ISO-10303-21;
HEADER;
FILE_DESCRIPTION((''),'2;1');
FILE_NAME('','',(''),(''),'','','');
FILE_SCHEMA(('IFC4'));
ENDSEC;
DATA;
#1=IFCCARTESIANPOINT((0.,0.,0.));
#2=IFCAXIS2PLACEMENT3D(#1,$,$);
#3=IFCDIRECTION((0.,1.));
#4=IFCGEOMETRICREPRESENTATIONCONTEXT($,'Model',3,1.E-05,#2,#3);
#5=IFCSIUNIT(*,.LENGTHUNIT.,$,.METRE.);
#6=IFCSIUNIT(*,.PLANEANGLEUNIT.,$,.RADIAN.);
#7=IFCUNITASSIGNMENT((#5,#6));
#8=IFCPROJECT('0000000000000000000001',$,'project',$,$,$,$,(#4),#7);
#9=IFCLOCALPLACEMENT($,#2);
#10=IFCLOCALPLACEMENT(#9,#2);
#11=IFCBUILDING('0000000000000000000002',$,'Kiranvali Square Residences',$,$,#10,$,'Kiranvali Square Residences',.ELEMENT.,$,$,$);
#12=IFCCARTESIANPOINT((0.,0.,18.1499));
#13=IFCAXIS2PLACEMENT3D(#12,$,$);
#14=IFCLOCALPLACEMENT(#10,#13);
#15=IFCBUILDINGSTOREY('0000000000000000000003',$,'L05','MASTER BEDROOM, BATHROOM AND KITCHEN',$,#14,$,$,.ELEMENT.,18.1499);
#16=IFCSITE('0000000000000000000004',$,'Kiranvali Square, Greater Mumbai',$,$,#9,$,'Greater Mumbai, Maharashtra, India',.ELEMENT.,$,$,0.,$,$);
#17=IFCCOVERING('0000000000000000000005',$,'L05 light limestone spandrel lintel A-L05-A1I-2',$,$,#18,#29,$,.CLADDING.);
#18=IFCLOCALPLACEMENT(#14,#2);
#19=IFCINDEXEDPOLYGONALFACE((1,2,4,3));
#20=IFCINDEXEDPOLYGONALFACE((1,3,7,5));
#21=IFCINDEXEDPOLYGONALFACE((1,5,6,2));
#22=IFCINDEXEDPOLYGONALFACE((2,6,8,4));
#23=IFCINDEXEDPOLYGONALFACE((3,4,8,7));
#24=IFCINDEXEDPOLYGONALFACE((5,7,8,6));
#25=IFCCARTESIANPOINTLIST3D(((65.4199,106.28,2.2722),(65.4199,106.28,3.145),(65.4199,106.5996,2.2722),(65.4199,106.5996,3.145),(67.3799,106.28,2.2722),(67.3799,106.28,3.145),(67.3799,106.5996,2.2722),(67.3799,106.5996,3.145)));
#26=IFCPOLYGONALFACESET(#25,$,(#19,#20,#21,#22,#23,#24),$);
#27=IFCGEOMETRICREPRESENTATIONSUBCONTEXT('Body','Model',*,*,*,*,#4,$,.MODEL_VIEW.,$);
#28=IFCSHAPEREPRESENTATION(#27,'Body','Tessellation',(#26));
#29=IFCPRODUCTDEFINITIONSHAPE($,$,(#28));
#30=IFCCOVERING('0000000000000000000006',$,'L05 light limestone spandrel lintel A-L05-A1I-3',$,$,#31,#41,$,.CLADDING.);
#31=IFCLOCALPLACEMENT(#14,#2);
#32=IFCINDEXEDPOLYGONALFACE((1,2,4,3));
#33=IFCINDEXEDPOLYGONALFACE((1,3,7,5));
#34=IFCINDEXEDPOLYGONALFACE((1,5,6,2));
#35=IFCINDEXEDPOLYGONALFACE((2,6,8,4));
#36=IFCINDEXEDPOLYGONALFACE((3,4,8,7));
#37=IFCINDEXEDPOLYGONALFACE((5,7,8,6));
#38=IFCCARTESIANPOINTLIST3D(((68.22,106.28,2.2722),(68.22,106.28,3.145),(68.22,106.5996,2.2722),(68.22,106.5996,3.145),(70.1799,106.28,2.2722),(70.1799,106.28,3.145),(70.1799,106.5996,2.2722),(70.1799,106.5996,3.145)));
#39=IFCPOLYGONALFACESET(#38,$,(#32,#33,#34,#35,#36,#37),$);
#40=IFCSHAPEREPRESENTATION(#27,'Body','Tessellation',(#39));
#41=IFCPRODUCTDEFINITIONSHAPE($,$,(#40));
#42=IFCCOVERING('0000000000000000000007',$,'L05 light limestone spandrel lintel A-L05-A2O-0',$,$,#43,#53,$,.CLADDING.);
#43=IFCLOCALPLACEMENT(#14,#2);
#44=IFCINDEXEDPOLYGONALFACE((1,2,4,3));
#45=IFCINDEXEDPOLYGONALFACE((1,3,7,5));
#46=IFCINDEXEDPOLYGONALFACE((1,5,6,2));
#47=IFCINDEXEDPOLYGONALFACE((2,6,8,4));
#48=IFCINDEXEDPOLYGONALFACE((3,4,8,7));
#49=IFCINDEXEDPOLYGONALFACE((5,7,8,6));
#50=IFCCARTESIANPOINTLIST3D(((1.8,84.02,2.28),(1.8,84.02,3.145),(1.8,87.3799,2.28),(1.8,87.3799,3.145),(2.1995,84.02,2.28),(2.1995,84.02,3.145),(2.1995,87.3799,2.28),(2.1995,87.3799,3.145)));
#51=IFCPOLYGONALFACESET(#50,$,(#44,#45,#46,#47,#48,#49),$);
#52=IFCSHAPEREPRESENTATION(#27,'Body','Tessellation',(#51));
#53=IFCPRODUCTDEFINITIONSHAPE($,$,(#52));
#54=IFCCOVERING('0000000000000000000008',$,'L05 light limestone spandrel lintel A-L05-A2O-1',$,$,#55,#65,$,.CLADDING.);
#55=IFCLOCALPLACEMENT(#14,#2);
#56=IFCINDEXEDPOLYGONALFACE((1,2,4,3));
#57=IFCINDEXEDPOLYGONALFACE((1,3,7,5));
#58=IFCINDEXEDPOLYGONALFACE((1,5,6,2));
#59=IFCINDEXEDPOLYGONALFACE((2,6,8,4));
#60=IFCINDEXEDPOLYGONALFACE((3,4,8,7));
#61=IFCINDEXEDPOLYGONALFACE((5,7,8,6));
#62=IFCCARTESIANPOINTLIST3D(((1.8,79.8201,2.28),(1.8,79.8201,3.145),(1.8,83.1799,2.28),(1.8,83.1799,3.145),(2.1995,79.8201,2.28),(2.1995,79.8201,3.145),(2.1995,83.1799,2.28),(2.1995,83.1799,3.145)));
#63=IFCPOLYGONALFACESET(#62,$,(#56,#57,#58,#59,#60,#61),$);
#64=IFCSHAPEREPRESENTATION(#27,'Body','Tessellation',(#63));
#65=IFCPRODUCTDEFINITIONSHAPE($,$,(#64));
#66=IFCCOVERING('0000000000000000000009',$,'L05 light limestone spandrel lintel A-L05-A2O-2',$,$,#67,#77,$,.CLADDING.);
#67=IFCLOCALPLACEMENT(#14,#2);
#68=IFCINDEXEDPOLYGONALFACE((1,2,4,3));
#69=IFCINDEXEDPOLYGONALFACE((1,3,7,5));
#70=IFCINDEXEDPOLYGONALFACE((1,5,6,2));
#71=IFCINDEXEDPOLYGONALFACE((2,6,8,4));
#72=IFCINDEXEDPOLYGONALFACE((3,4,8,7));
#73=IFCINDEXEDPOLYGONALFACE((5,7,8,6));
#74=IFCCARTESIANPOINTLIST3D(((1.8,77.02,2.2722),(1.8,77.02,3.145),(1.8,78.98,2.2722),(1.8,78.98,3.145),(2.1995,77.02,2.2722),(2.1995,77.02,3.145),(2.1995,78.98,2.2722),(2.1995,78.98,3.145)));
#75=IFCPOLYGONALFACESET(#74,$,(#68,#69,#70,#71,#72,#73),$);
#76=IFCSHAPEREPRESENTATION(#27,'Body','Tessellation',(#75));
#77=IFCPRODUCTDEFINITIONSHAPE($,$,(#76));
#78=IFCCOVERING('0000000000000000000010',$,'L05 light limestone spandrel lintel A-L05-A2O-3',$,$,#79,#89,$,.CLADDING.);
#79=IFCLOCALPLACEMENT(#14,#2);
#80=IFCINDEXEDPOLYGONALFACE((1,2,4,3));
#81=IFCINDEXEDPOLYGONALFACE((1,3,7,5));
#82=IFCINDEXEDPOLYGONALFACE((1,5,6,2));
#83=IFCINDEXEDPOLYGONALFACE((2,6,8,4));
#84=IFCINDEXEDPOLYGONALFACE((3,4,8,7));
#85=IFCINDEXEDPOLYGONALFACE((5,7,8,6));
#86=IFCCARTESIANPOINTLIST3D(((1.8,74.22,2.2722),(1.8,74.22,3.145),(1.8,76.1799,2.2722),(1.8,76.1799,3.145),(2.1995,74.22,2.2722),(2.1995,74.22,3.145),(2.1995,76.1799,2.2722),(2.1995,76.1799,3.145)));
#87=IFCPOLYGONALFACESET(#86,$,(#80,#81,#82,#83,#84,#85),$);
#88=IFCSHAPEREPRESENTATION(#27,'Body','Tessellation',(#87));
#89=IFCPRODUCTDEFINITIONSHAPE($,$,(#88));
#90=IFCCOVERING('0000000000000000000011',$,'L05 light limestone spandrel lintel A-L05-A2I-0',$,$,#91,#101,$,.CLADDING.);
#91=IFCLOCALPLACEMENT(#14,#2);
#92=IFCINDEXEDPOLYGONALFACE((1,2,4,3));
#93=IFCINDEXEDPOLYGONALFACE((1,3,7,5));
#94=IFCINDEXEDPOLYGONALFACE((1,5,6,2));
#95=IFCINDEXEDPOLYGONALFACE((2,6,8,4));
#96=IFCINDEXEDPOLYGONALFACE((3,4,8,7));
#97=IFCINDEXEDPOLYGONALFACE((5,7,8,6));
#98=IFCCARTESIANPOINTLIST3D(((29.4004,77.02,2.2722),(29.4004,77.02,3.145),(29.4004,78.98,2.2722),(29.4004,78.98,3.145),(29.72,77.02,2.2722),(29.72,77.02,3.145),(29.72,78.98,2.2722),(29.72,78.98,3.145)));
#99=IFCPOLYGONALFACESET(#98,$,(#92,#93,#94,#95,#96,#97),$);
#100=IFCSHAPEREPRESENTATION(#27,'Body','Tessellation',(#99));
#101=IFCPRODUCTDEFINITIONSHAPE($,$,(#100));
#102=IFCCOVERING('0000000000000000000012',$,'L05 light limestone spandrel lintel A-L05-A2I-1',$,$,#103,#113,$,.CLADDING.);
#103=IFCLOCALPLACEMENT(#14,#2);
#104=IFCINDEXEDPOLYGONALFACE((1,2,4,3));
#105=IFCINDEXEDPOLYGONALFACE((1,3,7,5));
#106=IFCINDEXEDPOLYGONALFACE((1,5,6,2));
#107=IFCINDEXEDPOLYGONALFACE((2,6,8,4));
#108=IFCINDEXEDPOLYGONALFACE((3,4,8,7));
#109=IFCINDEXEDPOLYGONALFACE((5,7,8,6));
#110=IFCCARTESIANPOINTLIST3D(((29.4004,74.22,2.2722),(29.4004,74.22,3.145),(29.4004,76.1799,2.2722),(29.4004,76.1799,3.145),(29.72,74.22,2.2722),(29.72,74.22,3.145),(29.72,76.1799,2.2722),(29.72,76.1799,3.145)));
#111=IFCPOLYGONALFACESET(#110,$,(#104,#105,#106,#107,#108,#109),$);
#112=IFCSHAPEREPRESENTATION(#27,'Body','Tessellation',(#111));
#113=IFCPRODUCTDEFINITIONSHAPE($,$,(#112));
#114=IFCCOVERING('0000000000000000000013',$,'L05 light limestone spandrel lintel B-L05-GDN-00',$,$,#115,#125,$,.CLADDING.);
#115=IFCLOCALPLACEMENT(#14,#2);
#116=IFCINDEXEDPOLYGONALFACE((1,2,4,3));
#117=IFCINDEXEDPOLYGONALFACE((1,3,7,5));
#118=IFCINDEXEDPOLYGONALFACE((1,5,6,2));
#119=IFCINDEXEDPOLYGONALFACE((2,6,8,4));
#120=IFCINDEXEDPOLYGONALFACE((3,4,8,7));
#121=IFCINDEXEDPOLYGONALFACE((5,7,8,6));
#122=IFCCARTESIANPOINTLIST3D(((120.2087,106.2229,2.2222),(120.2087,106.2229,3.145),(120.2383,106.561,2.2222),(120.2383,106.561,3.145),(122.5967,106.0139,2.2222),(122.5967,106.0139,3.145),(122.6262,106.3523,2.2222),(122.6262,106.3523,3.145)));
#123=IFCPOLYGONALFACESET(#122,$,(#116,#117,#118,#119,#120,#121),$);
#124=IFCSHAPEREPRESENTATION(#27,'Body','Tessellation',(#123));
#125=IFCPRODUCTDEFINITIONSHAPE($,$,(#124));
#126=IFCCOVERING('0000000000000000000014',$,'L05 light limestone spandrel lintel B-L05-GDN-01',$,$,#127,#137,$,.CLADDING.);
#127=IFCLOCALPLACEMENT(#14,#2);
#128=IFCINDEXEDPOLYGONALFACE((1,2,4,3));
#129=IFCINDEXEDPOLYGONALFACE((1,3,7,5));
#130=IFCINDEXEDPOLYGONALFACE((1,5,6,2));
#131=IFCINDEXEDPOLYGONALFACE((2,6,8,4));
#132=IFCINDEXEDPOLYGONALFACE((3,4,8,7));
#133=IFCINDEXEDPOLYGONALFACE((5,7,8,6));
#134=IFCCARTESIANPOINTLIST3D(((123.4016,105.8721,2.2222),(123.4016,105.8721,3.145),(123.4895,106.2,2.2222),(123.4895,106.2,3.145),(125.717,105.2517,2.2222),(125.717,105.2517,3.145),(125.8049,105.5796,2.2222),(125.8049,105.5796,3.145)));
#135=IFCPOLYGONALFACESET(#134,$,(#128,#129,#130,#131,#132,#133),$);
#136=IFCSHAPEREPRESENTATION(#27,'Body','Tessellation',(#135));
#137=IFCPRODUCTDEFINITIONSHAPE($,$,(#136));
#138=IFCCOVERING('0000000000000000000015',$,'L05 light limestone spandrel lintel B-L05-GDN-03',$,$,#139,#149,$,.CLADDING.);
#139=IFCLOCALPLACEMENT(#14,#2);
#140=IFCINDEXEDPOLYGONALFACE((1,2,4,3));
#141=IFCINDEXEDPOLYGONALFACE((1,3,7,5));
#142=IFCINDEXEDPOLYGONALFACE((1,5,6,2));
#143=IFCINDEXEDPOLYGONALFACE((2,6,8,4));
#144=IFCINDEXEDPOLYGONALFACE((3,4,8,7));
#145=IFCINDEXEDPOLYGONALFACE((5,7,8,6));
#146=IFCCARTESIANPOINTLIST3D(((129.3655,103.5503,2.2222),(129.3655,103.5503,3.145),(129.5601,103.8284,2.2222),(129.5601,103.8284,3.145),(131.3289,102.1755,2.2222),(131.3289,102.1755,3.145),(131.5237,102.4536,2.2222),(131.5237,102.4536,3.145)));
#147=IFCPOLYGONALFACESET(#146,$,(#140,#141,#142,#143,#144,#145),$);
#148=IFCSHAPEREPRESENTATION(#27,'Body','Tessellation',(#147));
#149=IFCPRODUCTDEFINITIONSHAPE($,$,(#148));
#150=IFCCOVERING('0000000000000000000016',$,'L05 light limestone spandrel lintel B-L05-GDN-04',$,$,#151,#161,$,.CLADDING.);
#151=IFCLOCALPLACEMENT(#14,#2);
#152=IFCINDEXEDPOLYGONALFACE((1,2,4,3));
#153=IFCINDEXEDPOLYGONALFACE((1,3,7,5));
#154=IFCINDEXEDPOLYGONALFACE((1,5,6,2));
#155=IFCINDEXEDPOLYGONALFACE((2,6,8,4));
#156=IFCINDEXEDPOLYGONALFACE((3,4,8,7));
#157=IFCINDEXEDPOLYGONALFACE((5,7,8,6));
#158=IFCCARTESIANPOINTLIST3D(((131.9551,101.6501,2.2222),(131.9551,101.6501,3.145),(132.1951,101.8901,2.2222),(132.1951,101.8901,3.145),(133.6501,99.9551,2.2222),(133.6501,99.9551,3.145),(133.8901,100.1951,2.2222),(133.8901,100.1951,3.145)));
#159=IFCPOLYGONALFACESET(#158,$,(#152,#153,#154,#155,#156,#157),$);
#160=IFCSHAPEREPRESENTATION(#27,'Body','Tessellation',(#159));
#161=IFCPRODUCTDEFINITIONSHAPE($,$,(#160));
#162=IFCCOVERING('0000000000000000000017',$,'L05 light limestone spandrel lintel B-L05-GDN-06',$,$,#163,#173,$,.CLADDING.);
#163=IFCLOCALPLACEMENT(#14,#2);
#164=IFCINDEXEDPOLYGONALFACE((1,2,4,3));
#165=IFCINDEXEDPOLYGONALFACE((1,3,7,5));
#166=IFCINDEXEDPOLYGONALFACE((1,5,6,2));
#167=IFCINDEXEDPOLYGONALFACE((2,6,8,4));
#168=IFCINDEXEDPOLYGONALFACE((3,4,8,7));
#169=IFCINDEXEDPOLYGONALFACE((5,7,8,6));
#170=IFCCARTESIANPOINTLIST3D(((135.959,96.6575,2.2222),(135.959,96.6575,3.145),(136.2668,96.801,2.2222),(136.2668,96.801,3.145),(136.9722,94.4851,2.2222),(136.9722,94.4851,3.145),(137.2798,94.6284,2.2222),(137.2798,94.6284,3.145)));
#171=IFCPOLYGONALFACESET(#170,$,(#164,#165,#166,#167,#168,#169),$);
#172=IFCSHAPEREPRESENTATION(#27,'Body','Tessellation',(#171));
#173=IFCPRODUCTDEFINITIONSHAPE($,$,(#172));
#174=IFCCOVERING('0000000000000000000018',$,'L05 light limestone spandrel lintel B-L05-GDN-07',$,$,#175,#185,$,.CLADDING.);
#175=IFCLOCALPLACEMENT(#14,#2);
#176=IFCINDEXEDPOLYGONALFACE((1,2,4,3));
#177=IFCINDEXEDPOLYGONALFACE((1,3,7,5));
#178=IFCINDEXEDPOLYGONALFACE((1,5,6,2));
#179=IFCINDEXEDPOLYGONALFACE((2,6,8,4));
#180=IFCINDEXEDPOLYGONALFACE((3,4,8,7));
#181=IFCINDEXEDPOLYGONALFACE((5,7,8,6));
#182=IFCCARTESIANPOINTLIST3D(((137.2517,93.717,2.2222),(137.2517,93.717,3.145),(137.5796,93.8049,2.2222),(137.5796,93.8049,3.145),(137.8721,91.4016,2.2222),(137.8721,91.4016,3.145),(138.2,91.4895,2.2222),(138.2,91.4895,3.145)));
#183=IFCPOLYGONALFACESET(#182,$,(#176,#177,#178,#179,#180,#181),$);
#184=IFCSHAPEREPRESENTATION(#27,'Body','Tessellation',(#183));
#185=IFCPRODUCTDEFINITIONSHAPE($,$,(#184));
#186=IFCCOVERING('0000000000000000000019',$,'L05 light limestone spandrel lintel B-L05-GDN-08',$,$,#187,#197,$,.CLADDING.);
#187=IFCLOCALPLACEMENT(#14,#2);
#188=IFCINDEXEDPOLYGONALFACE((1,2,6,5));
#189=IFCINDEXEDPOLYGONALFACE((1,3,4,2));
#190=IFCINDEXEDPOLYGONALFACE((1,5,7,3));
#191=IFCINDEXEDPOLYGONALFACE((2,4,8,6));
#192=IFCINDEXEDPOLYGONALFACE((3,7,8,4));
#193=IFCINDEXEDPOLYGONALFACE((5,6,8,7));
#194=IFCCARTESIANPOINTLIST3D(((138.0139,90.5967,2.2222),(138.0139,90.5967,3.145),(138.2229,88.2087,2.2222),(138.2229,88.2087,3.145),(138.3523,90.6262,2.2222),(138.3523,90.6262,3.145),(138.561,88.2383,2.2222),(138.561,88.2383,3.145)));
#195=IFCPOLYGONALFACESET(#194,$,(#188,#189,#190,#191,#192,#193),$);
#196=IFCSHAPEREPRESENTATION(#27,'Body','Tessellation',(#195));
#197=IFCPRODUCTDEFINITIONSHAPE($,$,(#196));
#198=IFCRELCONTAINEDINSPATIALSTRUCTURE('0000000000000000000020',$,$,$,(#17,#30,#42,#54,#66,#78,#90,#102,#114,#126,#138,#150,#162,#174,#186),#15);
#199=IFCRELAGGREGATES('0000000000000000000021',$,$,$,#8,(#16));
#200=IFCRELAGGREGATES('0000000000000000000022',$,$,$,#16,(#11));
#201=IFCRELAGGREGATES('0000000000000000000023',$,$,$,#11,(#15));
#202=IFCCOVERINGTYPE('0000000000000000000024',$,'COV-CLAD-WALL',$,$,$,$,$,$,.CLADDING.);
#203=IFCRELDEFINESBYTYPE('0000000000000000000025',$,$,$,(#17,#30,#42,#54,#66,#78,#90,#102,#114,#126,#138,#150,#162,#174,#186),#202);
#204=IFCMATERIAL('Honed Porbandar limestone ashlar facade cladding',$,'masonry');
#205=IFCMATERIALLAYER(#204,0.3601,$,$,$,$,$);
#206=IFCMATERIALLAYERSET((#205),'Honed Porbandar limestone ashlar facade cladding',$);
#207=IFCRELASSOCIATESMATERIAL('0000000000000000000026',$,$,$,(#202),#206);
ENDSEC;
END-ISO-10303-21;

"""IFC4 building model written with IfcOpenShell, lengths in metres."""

from ifc_helpers import new_model, si_unit, direction, frame, origin, place, context, subcontext, project, spatial, polyline, outline, extrude, material, layer, layer_set, type_object, element, save


model = new_model("IFC4")

# Units and contexts
model_context = context("Model", 3, precision=1e-05, world=origin(), true_north=direction((0.0, 1.0)))
body_context = subcontext(model_context, "Body", "Model", "MODEL_VIEW")
ifc_project = project(units=[si_unit("LENGTHUNIT", "METRE"), si_unit("PLANEANGLEUNIT", "RADIAN")], contexts=[model_context])

# Site, building, storey
site_placement = place(None, origin())
site = spatial("IfcSite", under=ifc_project, at=site_placement, Name="Kiranvali Square, Greater Mumbai", LongName="Greater Mumbai, Maharashtra, India", CompositionType="ELEMENT", RefElevation=0.0)
building_placement = place(site_placement, origin())
building = spatial("IfcBuilding", under=site, at=building_placement, Name="Kiranvali Square Residences", LongName="Kiranvali Square Residences", CompositionType="ELEMENT")
storey_placement = place(building_placement, frame((0.0, 0.0, 18.1499)))
storey = spatial("IfcBuildingStorey", under=building, at=storey_placement, Name="L05", Description="MASTER BEDROOM, BATHROOM AND KITCHEN", CompositionType="ELEMENT", Elevation=18.1499)

# Coverings
ifc_material = material(Name="Honed Porbandar limestone ashlar facade cladding", Category="masonry")
ifc_layer = layer(ifc_material, 0.3601)
ifc_layer_set = layer_set([ifc_layer], Name="Honed Porbandar limestone ashlar facade cladding")
covering_type = type_object("IfcCoveringType", Name="COV-CLAD-WALL", PredefinedType="CLADDING", material=ifc_layer_set)
covering_1_placement = place(storey_placement, frame((0.0, 0.0, 2.2722)))
element("IfcCovering", 1, at=covering_1_placement, inside=storey, type_object=covering_type, Name="L05 light limestone spandrel lintel A-L05-A1I-2", PredefinedType="CLADDING", context=body_context, shape_type="SweptSolid", body=[
    extrude(outline(polyline([(65.4199, 106.28), (67.3799, 106.28), (67.3799, 106.5996), (65.4199, 106.5996), (65.4199, 106.28)])), origin(), (0.0, 0.0, 1.0), 0.8728),
])
covering_2_placement = place(storey_placement, frame((0.0, 0.0, 2.2722)))
element("IfcCovering", 2, at=covering_2_placement, inside=storey, type_object=covering_type, Name="L05 light limestone spandrel lintel A-L05-A1I-3", PredefinedType="CLADDING", context=body_context, shape_type="SweptSolid", body=[
    extrude(outline(polyline([(68.22, 106.28), (70.1799, 106.28), (70.1799, 106.5996), (68.22, 106.5996), (68.22, 106.28)])), origin(), (0.0, 0.0, 1.0), 0.8728),
])
covering_3_placement = place(storey_placement, frame((0.0, 0.0, 2.28)))
element("IfcCovering", 3, at=covering_3_placement, inside=storey, type_object=covering_type, Name="L05 light limestone spandrel lintel A-L05-A2O-0", PredefinedType="CLADDING", context=body_context, shape_type="SweptSolid", body=[
    extrude(outline(polyline([(1.8, 87.3799), (1.8, 84.02), (2.1995, 84.02), (2.1995, 87.3799), (1.8, 87.3799)])), origin(), (0.0, 0.0, 1.0), 0.865),
])
covering_4_placement = place(storey_placement, frame((0.0, 0.0, 2.28)))
element("IfcCovering", 4, at=covering_4_placement, inside=storey, type_object=covering_type, Name="L05 light limestone spandrel lintel A-L05-A2O-1", PredefinedType="CLADDING", context=body_context, shape_type="SweptSolid", body=[
    extrude(outline(polyline([(1.8, 83.1799), (1.8, 79.8201), (2.1995, 79.8201), (2.1995, 83.1799), (1.8, 83.1799)])), origin(), (0.0, 0.0, 1.0), 0.865),
])
covering_5_placement = place(storey_placement, frame((0.0, 0.0, 2.2722)))
element("IfcCovering", 5, at=covering_5_placement, inside=storey, type_object=covering_type, Name="L05 light limestone spandrel lintel A-L05-A2O-2", PredefinedType="CLADDING", context=body_context, shape_type="SweptSolid", body=[
    extrude(outline(polyline([(1.8, 78.98), (1.8, 77.02), (2.1995, 77.02), (2.1995, 78.98), (1.8, 78.98)])), origin(), (0.0, 0.0, 1.0), 0.8728),
])
covering_6_placement = place(storey_placement, frame((0.0, 0.0, 2.2722)))
element("IfcCovering", 6, at=covering_6_placement, inside=storey, type_object=covering_type, Name="L05 light limestone spandrel lintel A-L05-A2O-3", PredefinedType="CLADDING", context=body_context, shape_type="SweptSolid", body=[
    extrude(outline(polyline([(1.8, 76.1799), (1.8, 74.22), (2.1995, 74.22), (2.1995, 76.1799), (1.8, 76.1799)])), origin(), (0.0, 0.0, 1.0), 0.8728),
])
covering_7_placement = place(storey_placement, frame((0.0, 0.0, 2.2722)))
element("IfcCovering", 7, at=covering_7_placement, inside=storey, type_object=covering_type, Name="L05 light limestone spandrel lintel A-L05-A2I-0", PredefinedType="CLADDING", context=body_context, shape_type="SweptSolid", body=[
    extrude(outline(polyline([(29.4004, 78.98), (29.4004, 77.02), (29.72, 77.02), (29.72, 78.98), (29.4004, 78.98)])), origin(), (0.0, 0.0, 1.0), 0.8728),
])
covering_8_placement = place(storey_placement, frame((0.0, 0.0, 2.2722)))
element("IfcCovering", 8, at=covering_8_placement, inside=storey, type_object=covering_type, Name="L05 light limestone spandrel lintel A-L05-A2I-1", PredefinedType="CLADDING", context=body_context, shape_type="SweptSolid", body=[
    extrude(outline(polyline([(29.4004, 76.1799), (29.4004, 74.22), (29.72, 74.22), (29.72, 76.1799), (29.4004, 76.1799)])), origin(), (0.0, 0.0, 1.0), 0.8728),
])
covering_9_placement = place(storey_placement, frame((0.0, 0.0, 2.2222)))
element("IfcCovering", 9, at=covering_9_placement, inside=storey, type_object=covering_type, Name="L05 light limestone spandrel lintel B-L05-GDN-00", PredefinedType="CLADDING", context=body_context, shape_type="SweptSolid", body=[
    extrude(outline(polyline([(120.2087, 106.2229), (122.5967, 106.0139), (122.6262, 106.3523), (120.2383, 106.561), (120.2087, 106.2229)])), origin(), (0.0, 0.0, 1.0), 0.9229),
])
covering_10_placement = place(storey_placement, frame((0.0, 0.0, 2.2222)))
element("IfcCovering", 10, at=covering_10_placement, inside=storey, type_object=covering_type, Name="L05 light limestone spandrel lintel B-L05-GDN-01", PredefinedType="CLADDING", context=body_context, shape_type="SweptSolid", body=[
    extrude(outline(polyline([(123.4016, 105.8721), (125.717, 105.2517), (125.8049, 105.5796), (123.4895, 106.2), (123.4016, 105.8721)])), origin(), (0.0, 0.0, 1.0), 0.9229),
])
covering_11_placement = place(storey_placement, frame((0.0, 0.0, 2.2222)))
element("IfcCovering", 11, at=covering_11_placement, inside=storey, type_object=covering_type, Name="L05 light limestone spandrel lintel B-L05-GDN-03", PredefinedType="CLADDING", context=body_context, shape_type="SweptSolid", body=[
    extrude(outline(polyline([(129.3655, 103.5503), (131.3289, 102.1755), (131.5237, 102.4536), (129.5601, 103.8284), (129.3655, 103.5503)])), origin(), (0.0, 0.0, 1.0), 0.9229),
])
covering_12_placement = place(storey_placement, frame((0.0, 0.0, 2.2222)))
element("IfcCovering", 12, at=covering_12_placement, inside=storey, type_object=covering_type, Name="L05 light limestone spandrel lintel B-L05-GDN-04", PredefinedType="CLADDING", context=body_context, shape_type="SweptSolid", body=[
    extrude(outline(polyline([(131.9551, 101.6501), (133.6501, 99.9551), (133.8901, 100.1951), (132.1951, 101.8901), (131.9551, 101.6501)])), origin(), (0.0, 0.0, 1.0), 0.9229),
])
covering_13_placement = place(storey_placement, frame((0.0, 0.0, 2.2222)))
element("IfcCovering", 13, at=covering_13_placement, inside=storey, type_object=covering_type, Name="L05 light limestone spandrel lintel B-L05-GDN-06", PredefinedType="CLADDING", context=body_context, shape_type="SweptSolid", body=[
    extrude(outline(polyline([(135.959, 96.6575), (136.9722, 94.4851), (137.2798, 94.6284), (136.2668, 96.801), (135.959, 96.6575)])), origin(), (0.0, 0.0, 1.0), 0.9229),
])
covering_14_placement = place(storey_placement, frame((0.0, 0.0, 2.2222)))
element("IfcCovering", 14, at=covering_14_placement, inside=storey, type_object=covering_type, Name="L05 light limestone spandrel lintel B-L05-GDN-07", PredefinedType="CLADDING", context=body_context, shape_type="SweptSolid", body=[
    extrude(outline(polyline([(137.2517, 93.717), (137.8721, 91.4016), (138.2, 91.4895), (137.5796, 93.8049), (137.2517, 93.717)])), origin(), (0.0, 0.0, 1.0), 0.9229),
])
covering_15_placement = place(storey_placement, frame((0.0, 0.0, 2.2222)))
element("IfcCovering", 15, at=covering_15_placement, inside=storey, type_object=covering_type, Name="L05 light limestone spandrel lintel B-L05-GDN-08", PredefinedType="CLADDING", context=body_context, shape_type="SweptSolid", body=[
    extrude(outline(polyline([(138.0139, 90.5967), (138.2229, 88.2087), (138.561, 88.2383), (138.3523, 90.6262), (138.0139, 90.5967)])), origin(), (0.0, 0.0, 1.0), 0.9229),
])

save(model, "model.ifc")
